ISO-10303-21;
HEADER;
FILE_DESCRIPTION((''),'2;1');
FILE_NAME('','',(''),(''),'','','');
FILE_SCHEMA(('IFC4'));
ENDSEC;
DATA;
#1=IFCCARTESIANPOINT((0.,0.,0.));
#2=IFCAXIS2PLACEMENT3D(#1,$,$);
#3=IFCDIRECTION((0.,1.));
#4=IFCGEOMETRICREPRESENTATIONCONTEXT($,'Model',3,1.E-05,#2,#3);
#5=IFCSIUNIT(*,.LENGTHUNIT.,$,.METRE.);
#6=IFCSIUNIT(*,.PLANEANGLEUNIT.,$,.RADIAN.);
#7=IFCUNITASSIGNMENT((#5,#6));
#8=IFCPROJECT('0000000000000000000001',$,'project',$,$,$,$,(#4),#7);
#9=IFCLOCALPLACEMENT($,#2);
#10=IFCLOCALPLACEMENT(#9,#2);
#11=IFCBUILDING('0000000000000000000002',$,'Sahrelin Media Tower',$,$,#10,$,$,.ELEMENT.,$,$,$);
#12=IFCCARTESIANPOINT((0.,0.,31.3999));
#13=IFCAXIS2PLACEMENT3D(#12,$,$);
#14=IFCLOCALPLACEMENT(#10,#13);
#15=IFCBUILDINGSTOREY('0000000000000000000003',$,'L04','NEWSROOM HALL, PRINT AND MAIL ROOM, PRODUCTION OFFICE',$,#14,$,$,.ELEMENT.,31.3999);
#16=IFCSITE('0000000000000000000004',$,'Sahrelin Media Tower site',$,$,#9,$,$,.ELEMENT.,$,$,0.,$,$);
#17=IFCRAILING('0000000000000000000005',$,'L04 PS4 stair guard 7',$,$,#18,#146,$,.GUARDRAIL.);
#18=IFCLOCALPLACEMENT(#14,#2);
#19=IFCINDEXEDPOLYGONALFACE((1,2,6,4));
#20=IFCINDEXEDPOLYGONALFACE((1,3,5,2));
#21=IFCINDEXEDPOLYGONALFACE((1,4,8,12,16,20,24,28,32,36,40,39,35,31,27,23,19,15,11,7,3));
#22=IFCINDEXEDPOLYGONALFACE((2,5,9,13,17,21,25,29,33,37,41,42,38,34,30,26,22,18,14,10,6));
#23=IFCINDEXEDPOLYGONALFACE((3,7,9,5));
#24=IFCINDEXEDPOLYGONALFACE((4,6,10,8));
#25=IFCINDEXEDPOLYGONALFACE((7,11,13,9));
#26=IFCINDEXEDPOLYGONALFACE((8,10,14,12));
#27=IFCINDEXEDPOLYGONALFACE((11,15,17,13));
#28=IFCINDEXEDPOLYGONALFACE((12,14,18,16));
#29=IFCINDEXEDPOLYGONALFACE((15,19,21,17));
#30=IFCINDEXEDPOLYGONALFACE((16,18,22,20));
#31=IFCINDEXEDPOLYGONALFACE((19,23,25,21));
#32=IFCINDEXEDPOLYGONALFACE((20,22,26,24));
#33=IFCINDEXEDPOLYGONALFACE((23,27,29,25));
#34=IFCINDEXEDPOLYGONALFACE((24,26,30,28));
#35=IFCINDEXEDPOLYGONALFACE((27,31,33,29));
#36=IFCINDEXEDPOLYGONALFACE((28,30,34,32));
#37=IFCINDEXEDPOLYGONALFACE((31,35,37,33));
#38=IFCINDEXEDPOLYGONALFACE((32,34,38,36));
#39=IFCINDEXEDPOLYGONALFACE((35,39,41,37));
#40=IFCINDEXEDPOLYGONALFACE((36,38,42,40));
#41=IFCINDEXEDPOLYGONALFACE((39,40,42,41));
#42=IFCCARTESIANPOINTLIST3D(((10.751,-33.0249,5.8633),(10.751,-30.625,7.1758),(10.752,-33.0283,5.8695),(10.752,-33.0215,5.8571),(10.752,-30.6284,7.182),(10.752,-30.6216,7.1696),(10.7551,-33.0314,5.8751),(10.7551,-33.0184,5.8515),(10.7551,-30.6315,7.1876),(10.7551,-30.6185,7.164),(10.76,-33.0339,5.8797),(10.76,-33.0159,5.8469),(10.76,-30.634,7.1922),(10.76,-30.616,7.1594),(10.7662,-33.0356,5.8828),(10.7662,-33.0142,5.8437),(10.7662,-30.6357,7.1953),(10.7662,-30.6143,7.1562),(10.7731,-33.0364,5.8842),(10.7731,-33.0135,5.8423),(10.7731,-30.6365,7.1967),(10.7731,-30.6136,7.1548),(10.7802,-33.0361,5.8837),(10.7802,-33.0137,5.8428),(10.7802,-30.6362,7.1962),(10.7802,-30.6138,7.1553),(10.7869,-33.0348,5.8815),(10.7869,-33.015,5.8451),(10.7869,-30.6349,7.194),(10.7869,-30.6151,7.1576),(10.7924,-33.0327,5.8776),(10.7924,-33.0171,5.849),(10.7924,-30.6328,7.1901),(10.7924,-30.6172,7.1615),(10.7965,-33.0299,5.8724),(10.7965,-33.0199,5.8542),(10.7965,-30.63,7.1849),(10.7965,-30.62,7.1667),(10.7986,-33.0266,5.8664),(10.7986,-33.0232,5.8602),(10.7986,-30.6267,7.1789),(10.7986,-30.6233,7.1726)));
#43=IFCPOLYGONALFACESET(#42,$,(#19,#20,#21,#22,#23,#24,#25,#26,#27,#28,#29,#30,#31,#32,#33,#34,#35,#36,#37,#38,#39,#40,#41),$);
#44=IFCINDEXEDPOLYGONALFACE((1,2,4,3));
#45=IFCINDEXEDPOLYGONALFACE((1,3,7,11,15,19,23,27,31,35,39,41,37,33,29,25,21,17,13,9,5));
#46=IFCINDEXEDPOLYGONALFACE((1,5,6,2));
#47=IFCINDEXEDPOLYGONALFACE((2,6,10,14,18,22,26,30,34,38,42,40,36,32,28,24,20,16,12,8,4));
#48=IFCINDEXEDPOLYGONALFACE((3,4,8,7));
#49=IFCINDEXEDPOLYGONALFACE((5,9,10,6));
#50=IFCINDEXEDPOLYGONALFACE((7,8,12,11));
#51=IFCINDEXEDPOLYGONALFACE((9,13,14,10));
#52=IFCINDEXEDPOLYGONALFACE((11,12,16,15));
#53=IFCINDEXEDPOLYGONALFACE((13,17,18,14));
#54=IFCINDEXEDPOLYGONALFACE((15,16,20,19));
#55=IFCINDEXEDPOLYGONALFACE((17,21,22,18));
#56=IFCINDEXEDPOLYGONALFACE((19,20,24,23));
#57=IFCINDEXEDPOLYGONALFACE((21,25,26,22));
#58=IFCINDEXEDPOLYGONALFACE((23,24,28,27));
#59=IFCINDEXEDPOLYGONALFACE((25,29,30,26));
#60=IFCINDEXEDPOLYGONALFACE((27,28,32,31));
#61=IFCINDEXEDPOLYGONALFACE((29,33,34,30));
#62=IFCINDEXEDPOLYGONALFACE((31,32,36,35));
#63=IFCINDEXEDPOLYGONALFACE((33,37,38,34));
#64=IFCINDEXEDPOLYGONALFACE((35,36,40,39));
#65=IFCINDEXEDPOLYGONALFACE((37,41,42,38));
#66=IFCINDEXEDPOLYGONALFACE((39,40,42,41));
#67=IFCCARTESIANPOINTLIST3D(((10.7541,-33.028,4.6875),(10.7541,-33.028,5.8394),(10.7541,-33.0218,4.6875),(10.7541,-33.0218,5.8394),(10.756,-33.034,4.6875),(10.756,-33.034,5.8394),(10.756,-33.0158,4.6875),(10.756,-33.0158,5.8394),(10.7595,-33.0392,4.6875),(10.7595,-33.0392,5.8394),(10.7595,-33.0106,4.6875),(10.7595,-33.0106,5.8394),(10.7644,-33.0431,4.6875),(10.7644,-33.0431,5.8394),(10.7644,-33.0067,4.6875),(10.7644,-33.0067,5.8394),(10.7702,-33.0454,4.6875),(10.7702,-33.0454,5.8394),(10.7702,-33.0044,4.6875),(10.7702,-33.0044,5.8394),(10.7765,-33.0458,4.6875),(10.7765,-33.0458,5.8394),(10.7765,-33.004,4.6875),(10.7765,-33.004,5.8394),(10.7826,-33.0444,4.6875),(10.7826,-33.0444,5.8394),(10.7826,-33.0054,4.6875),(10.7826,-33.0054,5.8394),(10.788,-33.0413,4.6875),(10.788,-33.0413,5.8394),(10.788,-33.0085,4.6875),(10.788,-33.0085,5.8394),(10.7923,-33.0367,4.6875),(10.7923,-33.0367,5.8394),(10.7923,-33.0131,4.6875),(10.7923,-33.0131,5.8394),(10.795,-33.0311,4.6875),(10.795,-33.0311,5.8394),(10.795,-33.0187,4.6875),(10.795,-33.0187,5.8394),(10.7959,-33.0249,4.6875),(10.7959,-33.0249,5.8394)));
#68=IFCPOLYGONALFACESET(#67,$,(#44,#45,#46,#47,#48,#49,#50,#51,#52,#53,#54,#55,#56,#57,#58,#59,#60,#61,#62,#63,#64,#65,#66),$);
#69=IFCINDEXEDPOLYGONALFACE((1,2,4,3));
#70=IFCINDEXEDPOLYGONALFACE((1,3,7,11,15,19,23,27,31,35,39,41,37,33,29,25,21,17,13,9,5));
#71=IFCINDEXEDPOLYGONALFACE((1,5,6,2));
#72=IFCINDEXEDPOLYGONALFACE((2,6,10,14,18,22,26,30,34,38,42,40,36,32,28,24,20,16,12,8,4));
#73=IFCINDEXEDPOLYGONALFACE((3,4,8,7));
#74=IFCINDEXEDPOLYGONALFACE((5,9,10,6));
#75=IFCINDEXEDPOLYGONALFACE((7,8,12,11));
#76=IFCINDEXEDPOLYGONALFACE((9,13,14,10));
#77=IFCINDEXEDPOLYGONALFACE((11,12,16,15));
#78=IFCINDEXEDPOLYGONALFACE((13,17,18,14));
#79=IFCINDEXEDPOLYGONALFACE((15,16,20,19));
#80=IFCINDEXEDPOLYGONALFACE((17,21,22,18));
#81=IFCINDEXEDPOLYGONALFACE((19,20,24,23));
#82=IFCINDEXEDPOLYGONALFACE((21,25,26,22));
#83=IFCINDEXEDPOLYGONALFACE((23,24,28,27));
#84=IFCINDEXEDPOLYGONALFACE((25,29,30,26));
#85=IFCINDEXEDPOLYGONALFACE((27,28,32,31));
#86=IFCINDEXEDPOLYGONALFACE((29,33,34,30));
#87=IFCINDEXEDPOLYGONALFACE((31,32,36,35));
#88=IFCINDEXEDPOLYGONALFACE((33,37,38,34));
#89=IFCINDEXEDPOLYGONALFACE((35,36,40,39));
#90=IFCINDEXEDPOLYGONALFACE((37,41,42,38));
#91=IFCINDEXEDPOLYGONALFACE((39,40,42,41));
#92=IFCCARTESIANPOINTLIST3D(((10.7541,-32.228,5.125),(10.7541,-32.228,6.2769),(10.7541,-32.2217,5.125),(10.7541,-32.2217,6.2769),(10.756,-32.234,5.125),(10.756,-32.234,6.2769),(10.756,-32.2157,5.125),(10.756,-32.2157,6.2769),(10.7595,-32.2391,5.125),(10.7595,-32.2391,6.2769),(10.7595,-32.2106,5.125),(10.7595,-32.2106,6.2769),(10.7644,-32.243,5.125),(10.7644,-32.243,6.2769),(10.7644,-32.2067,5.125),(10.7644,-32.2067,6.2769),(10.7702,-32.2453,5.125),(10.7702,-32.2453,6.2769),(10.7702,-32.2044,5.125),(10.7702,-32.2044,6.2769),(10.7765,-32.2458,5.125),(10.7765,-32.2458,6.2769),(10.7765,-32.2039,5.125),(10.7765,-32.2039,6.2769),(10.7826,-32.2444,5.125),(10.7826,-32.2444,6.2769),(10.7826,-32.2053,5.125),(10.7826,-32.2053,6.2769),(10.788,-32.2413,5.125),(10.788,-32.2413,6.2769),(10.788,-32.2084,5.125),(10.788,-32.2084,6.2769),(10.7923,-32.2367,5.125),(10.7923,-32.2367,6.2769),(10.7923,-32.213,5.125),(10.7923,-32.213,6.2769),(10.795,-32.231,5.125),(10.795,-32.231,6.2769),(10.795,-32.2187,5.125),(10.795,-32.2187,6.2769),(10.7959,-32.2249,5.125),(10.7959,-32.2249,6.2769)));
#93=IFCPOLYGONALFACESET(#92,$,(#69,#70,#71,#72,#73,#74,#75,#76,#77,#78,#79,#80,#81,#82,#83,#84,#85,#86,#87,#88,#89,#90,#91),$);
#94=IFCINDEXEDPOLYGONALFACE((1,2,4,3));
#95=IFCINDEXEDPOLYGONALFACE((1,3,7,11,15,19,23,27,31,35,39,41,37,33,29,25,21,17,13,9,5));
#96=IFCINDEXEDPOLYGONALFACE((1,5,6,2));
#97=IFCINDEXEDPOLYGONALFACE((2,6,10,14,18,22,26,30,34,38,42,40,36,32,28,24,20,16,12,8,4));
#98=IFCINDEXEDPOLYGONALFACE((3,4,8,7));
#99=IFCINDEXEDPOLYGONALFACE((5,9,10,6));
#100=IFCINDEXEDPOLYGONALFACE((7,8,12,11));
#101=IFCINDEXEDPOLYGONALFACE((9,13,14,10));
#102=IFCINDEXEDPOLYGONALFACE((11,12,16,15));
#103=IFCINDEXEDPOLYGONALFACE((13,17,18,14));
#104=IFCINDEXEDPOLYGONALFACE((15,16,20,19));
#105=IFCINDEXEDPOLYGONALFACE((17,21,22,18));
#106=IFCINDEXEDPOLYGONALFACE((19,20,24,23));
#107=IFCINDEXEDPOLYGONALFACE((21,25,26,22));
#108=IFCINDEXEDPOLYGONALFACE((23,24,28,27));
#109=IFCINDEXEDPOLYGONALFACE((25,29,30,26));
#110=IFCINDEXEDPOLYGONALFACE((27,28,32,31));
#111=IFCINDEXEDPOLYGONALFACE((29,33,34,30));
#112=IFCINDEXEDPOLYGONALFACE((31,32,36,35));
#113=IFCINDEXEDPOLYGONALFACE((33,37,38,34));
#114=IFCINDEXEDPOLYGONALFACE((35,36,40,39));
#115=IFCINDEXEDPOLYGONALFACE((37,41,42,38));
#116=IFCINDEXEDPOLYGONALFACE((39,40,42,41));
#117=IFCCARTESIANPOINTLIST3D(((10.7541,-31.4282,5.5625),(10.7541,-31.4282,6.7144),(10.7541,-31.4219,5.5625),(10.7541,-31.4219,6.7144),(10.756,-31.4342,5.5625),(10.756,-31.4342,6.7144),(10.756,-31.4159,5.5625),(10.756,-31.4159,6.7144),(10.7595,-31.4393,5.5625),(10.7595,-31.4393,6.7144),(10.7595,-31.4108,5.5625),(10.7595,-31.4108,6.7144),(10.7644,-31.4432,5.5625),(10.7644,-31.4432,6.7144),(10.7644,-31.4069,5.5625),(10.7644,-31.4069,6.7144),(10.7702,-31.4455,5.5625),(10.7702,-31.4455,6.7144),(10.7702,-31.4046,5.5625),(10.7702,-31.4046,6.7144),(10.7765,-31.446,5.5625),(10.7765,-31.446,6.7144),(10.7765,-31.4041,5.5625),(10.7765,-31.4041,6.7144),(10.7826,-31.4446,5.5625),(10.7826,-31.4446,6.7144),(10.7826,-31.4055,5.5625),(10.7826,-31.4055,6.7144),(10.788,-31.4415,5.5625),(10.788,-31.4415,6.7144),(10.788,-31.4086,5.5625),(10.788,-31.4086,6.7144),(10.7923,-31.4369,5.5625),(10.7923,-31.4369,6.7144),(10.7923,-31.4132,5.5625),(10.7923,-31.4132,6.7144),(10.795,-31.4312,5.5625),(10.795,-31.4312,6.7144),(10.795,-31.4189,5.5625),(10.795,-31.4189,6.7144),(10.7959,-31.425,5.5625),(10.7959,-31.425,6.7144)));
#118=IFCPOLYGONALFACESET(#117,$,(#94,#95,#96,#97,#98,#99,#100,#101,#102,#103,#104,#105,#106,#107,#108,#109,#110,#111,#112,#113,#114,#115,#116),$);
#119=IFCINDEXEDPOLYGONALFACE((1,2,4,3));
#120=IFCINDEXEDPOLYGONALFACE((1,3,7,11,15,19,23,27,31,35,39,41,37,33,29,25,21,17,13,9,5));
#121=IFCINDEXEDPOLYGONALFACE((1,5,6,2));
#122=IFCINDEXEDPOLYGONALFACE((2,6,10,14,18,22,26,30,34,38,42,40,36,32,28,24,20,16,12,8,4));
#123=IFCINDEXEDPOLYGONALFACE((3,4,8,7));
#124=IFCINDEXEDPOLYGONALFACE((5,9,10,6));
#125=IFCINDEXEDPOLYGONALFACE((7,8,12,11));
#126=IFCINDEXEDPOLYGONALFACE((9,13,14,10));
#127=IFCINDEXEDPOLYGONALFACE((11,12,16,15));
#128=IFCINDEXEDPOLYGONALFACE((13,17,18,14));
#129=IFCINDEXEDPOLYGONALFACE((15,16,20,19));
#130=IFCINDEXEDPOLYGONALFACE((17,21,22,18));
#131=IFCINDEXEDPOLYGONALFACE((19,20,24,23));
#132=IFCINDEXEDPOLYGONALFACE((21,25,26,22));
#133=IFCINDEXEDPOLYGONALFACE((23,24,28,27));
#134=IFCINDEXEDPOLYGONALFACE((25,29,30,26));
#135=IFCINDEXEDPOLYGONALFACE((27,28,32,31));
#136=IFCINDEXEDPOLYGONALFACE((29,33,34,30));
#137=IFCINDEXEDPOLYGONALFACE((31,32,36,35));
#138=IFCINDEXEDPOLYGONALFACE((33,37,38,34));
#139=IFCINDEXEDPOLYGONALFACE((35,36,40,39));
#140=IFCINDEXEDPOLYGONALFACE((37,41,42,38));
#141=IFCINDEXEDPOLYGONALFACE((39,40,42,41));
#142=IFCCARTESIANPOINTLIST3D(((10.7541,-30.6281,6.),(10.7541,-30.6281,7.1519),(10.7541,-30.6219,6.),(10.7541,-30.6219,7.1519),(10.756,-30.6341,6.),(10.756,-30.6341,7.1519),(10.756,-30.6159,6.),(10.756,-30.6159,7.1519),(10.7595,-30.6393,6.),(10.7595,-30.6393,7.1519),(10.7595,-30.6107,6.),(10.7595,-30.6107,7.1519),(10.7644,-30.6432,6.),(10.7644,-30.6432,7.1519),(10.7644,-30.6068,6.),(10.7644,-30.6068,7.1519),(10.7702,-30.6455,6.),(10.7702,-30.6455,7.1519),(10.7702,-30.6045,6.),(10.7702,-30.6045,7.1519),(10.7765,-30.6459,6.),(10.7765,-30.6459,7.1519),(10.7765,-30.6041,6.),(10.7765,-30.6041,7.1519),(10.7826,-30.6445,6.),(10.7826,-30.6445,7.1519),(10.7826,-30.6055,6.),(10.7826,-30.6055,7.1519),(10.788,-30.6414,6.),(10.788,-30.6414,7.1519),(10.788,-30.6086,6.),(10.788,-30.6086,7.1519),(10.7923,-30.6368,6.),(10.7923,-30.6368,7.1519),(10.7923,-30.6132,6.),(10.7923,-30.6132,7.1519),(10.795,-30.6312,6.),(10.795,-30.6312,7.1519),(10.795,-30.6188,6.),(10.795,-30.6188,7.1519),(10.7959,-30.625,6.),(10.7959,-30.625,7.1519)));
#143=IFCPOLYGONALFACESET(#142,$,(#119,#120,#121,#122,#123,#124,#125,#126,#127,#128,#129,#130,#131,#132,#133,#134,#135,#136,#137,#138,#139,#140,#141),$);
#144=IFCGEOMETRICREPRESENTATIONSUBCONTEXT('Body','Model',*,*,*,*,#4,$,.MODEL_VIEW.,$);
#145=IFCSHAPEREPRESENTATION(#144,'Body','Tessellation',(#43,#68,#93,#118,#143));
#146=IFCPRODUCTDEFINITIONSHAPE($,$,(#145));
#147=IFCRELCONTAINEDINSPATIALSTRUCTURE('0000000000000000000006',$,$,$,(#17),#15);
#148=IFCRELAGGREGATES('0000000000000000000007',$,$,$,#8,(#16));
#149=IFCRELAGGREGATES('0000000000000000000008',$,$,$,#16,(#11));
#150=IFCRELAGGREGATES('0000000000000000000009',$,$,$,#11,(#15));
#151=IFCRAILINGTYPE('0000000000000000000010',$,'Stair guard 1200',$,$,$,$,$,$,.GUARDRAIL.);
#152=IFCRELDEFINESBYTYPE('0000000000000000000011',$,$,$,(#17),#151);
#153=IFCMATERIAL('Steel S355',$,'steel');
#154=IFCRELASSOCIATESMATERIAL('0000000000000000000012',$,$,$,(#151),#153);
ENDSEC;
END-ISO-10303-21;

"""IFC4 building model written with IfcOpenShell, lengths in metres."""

from ifc_helpers import new_model, si_unit, direction, frame, origin, origin_2d, place, context, subcontext, project, spatial, circle, extrude, material, type_object, element, save


model = new_model("IFC4")

# Units and contexts
model_context = context("Model", 3, precision=1e-05, world=origin(), true_north=direction((0.0, 1.0)))
body_context = subcontext(model_context, "Body", "Model", "MODEL_VIEW")
ifc_project = project(units=[si_unit("LENGTHUNIT", "METRE"), si_unit("PLANEANGLEUNIT", "RADIAN")], contexts=[model_context])

# Site, building, storey
site_placement = place(None, origin())
site = spatial("IfcSite", under=ifc_project, at=site_placement, Name="Sahrelin Media Tower site", CompositionType="ELEMENT", RefElevation=0.0)
building_placement = place(site_placement, origin())
building = spatial("IfcBuilding", under=site, at=building_placement, Name="Sahrelin Media Tower", CompositionType="ELEMENT")
storey_placement = place(building_placement, frame((0.0, 0.0, 31.3999)))
storey = spatial("IfcBuildingStorey", under=building, at=storey_placement, Name="L04", Description="NEWSROOM HALL, PRINT AND MAIL ROOM, PRODUCTION OFFICE", CompositionType="ELEMENT", Elevation=31.3999)

# Shared definitions
ifc_material_1 = material(Name="Steel S355", Category="steel")

# Railing
railing_type_1 = type_object("IfcRailingType", Name="Stair guard 1200", PredefinedType="GUARDRAIL", material=ifc_material_1)
railing_1_placement = place(storey_placement, frame((10.7749, -33.0249, 4.6875)))
element("IfcRailing", 1, at=railing_1_placement, inside=storey, type_object=railing_type_1, Name="L04 PS4 stair guard 7", PredefinedType="GUARDRAIL", context=body_context, shape_type="SweptSolid", body=[
    extrude(circle(Radius=0.0239, at=origin_2d()), frame((0.0, 0.0, 1.1758), z_axis=(0.0, 0.877363, 0.479827), x_axis=(-1.0, 0.0, 0.0)), (0.0, 0.0, 1.0), 2.7354),
    extrude(circle(Radius=0.021, at=origin_2d()), origin(), (0.0, 0.0, 1.0), 1.1519),
    extrude(circle(Radius=0.021, at=origin_2d()), frame((0.0, 0.8, 0.4375)), (0.0, 0.0, 1.0), 1.1519),
    extrude(circle(Radius=0.021, at=origin_2d()), frame((0.0, 1.5999, 0.875)), (0.0, 0.0, 1.0), 1.1519),
    extrude(circle(Radius=0.021, at=origin_2d()), frame((0.0, 2.3999, 1.3125)), (0.0, 0.0, 1.0), 1.1519),
])

save(model, "model.ifc")
